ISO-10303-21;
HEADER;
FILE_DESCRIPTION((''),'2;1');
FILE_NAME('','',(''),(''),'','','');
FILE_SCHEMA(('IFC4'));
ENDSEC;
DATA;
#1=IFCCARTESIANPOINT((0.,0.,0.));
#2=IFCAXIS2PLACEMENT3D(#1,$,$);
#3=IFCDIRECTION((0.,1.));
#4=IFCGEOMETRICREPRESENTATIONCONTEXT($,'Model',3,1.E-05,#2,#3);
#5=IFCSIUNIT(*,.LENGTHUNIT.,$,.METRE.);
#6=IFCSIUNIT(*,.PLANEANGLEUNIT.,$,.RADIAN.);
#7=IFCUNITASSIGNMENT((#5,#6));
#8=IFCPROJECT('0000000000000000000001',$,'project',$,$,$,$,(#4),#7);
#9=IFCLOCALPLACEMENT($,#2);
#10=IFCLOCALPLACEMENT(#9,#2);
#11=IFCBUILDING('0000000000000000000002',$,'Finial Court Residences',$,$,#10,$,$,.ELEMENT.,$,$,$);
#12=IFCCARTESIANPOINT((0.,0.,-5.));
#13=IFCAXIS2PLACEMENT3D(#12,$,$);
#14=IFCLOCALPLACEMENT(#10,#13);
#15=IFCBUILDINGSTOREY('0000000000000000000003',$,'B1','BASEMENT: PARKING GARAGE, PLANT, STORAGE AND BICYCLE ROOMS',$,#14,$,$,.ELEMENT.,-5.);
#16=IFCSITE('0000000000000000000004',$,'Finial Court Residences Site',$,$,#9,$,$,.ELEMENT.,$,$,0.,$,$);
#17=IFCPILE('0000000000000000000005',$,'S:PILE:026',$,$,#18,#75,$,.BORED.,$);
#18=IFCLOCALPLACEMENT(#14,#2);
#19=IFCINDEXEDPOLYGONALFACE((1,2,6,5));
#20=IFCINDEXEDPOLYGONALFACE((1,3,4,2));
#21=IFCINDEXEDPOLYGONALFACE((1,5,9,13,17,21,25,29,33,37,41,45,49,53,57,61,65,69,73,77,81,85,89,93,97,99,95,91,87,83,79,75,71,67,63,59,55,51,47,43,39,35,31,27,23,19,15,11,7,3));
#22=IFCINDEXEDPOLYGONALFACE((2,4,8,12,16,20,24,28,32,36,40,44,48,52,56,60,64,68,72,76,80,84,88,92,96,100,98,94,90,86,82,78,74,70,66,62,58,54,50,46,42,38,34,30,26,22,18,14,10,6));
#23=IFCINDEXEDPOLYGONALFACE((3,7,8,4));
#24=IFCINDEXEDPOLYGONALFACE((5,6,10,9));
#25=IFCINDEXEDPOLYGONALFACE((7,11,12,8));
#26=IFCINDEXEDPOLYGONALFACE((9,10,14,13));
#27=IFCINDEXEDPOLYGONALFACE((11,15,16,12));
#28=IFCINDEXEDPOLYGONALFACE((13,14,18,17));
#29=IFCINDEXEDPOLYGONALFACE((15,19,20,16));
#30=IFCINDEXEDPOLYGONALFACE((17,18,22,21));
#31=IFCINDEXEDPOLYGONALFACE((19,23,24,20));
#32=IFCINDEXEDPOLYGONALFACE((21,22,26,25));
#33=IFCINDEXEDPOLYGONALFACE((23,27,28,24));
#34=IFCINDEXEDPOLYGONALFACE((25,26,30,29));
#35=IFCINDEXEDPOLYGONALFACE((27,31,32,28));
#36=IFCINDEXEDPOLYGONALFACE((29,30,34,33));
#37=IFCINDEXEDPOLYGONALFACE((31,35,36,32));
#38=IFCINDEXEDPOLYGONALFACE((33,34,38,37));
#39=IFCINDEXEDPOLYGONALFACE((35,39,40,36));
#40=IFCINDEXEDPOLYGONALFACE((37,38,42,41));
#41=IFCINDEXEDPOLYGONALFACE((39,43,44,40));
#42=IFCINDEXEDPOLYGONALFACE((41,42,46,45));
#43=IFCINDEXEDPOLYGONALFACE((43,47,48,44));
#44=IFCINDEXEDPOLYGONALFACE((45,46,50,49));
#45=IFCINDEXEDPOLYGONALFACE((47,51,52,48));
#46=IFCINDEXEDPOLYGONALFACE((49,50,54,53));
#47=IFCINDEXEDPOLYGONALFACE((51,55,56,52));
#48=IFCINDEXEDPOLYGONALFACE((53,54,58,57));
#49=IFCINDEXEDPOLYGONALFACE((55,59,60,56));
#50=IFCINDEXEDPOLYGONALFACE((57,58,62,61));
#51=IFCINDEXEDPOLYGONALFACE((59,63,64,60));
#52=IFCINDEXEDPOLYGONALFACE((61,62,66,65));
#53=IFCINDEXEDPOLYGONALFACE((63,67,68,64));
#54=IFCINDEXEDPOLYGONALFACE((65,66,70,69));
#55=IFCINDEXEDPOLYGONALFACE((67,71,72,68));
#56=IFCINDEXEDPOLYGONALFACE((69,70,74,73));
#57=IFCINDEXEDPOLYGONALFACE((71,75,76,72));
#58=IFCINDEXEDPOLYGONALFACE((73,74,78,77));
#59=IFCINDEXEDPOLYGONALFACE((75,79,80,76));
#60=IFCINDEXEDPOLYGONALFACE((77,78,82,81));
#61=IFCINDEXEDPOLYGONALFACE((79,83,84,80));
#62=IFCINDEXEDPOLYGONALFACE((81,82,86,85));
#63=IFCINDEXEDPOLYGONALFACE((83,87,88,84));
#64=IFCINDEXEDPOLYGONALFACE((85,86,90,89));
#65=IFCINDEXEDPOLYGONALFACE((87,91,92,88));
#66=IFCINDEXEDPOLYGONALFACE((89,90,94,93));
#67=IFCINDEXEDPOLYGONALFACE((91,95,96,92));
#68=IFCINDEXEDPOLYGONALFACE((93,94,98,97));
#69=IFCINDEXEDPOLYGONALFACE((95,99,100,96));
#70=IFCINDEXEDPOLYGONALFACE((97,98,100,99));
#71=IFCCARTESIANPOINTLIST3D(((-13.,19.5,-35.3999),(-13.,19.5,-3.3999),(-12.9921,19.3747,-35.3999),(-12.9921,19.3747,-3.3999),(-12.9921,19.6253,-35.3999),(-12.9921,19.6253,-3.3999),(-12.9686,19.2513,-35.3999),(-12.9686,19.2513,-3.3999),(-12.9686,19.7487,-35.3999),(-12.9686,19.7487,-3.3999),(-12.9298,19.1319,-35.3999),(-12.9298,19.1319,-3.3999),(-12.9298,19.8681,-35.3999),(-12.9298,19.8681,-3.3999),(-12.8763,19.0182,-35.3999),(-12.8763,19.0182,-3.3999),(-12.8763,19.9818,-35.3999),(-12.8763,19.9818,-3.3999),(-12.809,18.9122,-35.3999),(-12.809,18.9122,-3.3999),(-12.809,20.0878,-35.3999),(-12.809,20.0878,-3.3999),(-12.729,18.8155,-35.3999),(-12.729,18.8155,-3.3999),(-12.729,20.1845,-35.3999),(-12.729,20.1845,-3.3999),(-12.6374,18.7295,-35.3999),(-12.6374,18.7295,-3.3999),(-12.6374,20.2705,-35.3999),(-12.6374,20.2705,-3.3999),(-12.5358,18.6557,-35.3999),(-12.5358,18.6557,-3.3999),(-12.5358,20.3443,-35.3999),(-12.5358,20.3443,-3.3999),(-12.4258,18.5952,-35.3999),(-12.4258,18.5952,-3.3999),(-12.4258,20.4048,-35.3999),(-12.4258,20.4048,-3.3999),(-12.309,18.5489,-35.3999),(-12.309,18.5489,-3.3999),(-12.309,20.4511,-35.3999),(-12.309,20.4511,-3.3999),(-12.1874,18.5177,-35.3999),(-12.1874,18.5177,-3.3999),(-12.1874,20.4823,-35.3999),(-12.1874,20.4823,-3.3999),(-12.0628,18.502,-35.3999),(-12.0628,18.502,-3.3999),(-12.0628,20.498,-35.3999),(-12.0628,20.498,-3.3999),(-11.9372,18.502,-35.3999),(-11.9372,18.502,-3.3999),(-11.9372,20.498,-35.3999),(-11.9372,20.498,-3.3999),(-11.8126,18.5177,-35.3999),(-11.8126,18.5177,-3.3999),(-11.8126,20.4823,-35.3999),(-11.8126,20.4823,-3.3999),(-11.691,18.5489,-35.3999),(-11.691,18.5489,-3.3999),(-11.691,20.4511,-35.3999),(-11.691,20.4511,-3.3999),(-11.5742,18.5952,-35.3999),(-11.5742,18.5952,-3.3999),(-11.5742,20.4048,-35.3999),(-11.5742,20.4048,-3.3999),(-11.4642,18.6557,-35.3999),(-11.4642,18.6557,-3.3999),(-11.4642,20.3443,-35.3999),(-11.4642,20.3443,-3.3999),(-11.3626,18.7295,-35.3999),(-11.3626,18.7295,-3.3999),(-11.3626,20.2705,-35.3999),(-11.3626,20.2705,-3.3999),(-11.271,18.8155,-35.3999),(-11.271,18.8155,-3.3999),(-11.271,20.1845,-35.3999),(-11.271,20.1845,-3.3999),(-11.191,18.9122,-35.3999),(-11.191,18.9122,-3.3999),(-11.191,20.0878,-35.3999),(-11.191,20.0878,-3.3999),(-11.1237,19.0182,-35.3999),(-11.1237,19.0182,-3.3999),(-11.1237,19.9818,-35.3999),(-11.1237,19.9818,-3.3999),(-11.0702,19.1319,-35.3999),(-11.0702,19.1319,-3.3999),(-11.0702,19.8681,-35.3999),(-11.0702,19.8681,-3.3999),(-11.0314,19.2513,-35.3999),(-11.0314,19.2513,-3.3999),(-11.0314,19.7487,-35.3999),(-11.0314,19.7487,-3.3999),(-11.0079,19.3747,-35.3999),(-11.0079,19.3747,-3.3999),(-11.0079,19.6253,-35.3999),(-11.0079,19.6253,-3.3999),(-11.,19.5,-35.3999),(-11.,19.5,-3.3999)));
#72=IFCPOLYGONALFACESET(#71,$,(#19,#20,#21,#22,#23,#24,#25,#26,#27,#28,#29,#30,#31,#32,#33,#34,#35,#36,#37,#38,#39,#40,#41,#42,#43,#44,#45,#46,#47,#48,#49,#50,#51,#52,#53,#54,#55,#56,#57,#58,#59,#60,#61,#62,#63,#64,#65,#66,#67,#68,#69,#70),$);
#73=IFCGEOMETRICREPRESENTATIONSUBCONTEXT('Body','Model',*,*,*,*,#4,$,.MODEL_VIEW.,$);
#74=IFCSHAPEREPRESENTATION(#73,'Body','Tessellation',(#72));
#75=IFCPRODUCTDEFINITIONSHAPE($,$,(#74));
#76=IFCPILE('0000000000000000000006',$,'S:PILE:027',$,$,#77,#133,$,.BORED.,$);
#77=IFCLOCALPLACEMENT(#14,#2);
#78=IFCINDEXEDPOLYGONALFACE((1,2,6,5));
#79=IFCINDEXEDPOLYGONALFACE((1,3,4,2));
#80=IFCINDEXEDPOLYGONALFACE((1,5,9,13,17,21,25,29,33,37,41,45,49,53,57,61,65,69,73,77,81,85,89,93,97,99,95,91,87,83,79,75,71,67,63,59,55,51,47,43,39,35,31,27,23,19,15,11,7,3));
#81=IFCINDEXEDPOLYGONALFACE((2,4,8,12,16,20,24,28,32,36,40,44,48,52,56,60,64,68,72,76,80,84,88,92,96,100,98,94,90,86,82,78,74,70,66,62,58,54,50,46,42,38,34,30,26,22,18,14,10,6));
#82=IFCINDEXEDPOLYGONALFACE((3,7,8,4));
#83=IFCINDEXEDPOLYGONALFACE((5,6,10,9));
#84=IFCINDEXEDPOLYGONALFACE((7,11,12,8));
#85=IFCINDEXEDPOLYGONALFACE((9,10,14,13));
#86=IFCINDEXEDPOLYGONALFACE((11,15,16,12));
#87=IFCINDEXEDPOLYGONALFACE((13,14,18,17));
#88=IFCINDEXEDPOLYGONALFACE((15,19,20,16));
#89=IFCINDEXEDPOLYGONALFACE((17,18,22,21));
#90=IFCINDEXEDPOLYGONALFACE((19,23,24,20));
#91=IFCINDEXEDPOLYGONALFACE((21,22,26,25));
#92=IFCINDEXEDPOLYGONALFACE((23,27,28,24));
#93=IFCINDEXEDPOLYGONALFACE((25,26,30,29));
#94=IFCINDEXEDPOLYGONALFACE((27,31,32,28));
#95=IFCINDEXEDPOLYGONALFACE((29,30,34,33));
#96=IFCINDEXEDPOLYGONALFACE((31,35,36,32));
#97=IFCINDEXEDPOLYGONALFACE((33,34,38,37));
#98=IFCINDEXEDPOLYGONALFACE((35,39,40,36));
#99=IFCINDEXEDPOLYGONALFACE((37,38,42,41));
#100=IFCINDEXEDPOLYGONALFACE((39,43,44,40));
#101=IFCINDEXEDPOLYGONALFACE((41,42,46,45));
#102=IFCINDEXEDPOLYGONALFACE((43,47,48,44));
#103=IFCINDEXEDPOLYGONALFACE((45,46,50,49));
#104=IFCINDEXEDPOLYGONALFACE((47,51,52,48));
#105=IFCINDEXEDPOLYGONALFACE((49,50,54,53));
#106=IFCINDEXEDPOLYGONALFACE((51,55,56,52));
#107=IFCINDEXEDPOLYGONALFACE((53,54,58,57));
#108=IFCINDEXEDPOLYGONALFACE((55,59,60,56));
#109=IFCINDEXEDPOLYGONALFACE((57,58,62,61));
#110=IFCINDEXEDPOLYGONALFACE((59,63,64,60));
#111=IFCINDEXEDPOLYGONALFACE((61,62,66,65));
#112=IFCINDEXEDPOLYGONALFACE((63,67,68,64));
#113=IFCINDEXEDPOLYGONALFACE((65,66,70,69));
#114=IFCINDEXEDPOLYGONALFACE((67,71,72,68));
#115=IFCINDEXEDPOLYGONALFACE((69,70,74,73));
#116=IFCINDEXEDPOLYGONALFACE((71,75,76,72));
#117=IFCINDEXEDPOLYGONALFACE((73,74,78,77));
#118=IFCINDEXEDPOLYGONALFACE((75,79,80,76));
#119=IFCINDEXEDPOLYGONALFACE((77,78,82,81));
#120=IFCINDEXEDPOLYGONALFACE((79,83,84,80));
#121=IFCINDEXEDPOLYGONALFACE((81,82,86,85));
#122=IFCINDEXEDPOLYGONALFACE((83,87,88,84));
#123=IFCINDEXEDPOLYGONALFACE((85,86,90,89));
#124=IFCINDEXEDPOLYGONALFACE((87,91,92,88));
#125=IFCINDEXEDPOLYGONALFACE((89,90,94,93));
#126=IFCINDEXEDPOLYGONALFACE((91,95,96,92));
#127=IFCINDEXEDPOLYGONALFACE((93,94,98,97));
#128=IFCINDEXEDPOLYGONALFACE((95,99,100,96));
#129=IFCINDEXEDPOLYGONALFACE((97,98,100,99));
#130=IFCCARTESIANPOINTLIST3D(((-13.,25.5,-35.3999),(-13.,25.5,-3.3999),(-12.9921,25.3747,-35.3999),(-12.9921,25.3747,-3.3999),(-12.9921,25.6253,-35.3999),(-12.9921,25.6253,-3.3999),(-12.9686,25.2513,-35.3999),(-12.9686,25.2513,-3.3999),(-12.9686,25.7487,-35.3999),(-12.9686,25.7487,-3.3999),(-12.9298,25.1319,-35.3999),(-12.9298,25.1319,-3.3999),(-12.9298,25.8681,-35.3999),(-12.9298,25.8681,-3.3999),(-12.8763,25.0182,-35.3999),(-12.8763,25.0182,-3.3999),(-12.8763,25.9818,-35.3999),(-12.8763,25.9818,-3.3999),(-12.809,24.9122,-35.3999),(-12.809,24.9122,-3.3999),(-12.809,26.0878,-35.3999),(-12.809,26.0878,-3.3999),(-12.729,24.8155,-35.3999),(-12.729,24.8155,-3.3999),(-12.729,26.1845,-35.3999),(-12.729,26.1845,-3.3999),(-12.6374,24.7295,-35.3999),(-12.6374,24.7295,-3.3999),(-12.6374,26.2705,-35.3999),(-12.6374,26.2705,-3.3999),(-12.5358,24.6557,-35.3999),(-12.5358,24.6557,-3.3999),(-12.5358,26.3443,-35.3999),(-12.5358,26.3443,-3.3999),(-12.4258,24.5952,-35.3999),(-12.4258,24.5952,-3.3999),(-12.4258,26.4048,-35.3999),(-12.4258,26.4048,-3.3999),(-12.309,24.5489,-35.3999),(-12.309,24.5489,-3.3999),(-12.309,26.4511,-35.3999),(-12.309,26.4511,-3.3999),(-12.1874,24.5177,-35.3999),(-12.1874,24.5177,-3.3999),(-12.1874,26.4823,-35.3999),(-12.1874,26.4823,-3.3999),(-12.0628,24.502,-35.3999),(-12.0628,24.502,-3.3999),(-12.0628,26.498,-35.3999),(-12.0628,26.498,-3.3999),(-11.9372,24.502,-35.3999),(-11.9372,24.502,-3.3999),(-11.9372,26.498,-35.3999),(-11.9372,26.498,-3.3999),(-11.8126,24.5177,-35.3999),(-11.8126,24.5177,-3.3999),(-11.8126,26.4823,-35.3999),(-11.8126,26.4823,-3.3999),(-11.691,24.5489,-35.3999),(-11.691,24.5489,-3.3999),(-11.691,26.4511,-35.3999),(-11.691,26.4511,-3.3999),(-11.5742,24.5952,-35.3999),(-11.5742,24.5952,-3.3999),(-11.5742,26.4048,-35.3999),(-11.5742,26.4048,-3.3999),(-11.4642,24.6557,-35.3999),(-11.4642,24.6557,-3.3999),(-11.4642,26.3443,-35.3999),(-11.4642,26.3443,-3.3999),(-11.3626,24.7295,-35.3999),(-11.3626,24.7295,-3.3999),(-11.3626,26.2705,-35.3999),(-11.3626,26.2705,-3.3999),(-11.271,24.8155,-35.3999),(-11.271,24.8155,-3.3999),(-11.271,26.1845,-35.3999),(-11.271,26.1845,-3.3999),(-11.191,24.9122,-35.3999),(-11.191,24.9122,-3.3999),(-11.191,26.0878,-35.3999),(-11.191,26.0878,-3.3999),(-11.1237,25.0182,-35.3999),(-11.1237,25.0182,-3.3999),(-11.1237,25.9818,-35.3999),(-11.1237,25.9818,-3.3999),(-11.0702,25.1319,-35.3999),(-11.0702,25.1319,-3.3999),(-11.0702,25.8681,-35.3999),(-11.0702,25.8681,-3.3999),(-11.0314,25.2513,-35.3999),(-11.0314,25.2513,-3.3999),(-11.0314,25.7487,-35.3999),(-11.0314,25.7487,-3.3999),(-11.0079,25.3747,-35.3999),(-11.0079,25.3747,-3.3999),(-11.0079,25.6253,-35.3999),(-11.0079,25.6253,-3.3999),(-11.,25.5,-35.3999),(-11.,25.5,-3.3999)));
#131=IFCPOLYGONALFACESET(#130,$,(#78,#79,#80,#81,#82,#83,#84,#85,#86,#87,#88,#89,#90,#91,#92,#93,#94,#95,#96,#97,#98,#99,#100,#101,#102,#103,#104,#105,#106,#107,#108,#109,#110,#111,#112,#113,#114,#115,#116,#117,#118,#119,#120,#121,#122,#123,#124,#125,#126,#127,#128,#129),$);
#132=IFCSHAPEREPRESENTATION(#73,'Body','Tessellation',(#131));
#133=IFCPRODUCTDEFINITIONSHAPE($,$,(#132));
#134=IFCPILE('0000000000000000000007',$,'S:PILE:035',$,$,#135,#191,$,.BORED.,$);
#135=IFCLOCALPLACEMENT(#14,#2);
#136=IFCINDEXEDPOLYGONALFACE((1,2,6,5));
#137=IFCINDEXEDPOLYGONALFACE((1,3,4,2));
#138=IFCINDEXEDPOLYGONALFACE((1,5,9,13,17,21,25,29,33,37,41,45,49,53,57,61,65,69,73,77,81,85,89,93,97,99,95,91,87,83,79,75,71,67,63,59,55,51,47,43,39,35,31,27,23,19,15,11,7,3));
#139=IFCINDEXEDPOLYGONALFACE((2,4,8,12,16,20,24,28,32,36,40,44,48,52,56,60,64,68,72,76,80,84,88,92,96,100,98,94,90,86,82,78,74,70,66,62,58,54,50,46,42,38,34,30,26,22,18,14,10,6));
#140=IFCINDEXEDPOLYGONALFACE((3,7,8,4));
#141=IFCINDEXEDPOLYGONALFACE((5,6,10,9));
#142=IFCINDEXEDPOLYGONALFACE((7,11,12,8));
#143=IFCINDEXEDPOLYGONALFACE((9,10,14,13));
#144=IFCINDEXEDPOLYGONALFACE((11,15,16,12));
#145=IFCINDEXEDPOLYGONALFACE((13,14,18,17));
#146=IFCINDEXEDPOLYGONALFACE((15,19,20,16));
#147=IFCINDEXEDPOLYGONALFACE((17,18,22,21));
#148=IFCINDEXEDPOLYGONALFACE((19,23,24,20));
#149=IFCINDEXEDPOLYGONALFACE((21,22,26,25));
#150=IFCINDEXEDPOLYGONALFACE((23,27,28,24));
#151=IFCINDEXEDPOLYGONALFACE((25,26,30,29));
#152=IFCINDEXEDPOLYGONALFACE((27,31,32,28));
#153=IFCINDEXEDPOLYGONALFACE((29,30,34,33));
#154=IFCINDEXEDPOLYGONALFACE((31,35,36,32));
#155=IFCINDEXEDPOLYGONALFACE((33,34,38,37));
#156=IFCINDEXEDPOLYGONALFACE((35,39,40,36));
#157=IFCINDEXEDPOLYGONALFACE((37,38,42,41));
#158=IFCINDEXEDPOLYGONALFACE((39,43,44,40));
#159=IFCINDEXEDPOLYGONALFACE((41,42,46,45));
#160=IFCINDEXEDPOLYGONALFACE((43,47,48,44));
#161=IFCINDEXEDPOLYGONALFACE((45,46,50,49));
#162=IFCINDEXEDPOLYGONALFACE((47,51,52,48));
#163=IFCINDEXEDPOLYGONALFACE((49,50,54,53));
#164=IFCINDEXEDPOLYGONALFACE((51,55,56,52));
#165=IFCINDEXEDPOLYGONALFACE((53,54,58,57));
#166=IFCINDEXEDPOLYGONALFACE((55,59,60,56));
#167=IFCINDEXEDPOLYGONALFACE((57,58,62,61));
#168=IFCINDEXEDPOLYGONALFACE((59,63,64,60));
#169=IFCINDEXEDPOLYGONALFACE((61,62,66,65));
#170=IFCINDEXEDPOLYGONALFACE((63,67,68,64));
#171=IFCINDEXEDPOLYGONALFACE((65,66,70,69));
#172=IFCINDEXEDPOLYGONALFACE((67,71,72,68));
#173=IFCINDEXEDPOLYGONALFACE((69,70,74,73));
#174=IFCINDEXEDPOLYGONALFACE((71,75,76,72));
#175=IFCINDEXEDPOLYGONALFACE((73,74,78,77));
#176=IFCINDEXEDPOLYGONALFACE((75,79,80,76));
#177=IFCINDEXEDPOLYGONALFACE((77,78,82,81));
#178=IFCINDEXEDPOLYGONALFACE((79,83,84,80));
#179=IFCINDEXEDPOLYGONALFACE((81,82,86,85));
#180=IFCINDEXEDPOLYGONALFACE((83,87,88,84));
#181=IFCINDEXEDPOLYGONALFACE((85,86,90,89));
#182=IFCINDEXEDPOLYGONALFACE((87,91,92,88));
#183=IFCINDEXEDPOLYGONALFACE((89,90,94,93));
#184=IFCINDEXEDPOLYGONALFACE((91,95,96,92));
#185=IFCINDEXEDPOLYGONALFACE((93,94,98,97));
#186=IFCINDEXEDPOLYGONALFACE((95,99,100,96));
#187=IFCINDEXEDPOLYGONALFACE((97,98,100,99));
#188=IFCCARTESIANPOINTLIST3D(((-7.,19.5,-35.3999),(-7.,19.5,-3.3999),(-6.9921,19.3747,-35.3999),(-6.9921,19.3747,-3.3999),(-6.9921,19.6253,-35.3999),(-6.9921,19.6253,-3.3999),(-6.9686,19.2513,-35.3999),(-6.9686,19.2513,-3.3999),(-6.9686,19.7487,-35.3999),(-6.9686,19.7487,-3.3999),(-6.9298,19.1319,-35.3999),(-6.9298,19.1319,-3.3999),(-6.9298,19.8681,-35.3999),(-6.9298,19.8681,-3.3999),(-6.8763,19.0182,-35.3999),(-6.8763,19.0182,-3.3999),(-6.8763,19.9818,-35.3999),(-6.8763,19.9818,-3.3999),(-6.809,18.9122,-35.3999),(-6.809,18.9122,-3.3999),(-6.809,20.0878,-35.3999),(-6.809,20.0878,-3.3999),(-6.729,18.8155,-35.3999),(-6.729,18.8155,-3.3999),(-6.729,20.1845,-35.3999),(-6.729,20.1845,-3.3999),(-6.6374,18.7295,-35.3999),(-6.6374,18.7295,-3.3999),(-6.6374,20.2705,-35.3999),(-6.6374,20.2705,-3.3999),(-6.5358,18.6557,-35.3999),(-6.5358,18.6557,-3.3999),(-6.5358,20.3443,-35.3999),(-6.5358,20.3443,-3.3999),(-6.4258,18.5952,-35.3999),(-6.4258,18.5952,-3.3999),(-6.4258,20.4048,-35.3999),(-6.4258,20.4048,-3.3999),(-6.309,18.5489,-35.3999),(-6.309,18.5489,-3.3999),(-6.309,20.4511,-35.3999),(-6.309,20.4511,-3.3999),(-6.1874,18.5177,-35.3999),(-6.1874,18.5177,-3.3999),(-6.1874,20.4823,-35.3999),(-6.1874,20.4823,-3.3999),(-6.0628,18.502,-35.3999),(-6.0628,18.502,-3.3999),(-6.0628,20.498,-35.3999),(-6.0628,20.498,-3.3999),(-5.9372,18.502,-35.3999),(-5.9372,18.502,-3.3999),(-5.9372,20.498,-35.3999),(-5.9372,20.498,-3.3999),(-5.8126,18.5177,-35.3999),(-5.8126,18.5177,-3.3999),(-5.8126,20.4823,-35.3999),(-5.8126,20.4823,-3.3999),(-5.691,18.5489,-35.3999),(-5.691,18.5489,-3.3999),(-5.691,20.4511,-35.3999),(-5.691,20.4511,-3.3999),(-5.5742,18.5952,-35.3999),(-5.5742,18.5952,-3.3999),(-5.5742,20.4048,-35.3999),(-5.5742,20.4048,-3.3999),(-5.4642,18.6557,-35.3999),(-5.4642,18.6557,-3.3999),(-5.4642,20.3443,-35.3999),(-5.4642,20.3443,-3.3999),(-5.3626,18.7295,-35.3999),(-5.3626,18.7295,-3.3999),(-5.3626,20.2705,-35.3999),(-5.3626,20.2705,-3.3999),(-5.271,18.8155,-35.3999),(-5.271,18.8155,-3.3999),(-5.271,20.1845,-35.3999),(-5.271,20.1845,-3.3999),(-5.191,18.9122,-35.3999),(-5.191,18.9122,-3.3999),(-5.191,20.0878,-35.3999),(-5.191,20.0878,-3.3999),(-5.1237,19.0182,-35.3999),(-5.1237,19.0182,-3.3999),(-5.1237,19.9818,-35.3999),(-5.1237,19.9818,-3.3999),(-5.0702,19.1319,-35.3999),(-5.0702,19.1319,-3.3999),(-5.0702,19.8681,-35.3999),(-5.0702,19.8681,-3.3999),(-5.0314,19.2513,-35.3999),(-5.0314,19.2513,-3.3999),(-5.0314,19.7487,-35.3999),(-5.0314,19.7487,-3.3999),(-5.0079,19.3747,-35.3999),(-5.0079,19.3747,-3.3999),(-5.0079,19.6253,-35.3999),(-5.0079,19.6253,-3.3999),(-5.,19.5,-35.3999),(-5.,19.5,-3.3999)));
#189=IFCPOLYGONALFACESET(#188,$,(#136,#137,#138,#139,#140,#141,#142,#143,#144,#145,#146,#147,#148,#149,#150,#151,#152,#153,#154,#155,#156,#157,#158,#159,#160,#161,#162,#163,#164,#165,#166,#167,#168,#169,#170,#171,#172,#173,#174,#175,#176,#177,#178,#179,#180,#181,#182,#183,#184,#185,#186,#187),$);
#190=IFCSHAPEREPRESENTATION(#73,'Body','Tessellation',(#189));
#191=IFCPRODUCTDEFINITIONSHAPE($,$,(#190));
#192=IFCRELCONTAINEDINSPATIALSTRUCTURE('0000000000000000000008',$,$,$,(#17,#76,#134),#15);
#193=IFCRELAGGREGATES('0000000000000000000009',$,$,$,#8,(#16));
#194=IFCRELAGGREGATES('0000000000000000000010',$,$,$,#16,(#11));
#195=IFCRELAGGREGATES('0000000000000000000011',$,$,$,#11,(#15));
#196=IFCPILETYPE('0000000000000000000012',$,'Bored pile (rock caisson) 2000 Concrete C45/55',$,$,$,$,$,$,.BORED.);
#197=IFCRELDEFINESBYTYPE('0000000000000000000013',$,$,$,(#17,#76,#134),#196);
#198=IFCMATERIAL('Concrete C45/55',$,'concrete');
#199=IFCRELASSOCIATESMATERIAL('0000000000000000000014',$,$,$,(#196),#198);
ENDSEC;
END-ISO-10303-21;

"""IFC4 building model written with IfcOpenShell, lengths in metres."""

from ifc_helpers import new_model, si_unit, direction, frame, origin, origin_2d, place, context, subcontext, project, spatial, circle, extrude, material, material_profile, profile_set, type_object, element, save


model = new_model("IFC4")

# Units and contexts
model_context = context("Model", 3, precision=1e-05, world=origin(), true_north=direction((0.0, 1.0)))
body_context = subcontext(model_context, "Body", "Model", "MODEL_VIEW")
ifc_project = project(units=[si_unit("LENGTHUNIT", "METRE"), si_unit("PLANEANGLEUNIT", "RADIAN")], contexts=[model_context])

# Site, building, storey
site_placement = place(None, origin())
site = spatial("IfcSite", under=ifc_project, at=site_placement, Name="Finial Court Residences Site", CompositionType="ELEMENT", RefElevation=0.0)
building_placement = place(site_placement, origin())
building = spatial("IfcBuilding", under=site, at=building_placement, Name="Finial Court Residences", CompositionType="ELEMENT")
storey_placement = place(building_placement, frame((0.0, 0.0, -5.0)))
storey = spatial("IfcBuildingStorey", under=building, at=storey_placement, Name="B1", Description="BASEMENT: PARKING GARAGE, PLANT, STORAGE AND BICYCLE ROOMS", CompositionType="ELEMENT", Elevation=-5.0)

# Piles
ifc_material_1 = material(Name="Concrete C45/55", Category="concrete")
ifc_material_profile_1 = material_profile(ifc_material_1, circle(Radius=1.0, at=origin_2d()), Name="D2000")
ifc_profile_set_1 = profile_set([ifc_material_profile_1], Name="Concrete C45/55")
pile_type = type_object("IfcPileType", Name="Bored pile (rock caisson) 2000 Concrete C45/55", PredefinedType="BORED", material=ifc_profile_set_1)
for number, where, z_axis, x_axis, name in (
    (1, (-12.0, 19.5, -3.3999), (0.0, 0.0, -1.0), (1.0, 0.0, 0.0), "S:PILE:026"),
    (2, (-12.0, 25.5, -3.3999), (0.0, 0.0, -1.0), (1.0, 0.0, 0.0), "S:PILE:027"),
    (3, (-6.0, 19.5, -3.3999), (0.0, 0.0, -1.0), (1.0, 0.0, 0.0), "S:PILE:035"),
):
    element("IfcPile", number, at=place(storey_placement, frame(where, z_axis=z_axis, x_axis=x_axis)), inside=storey, type_object=pile_type, Name=name, PredefinedType="BORED", context=body_context, shape_type="SweptSolid", body=[
        extrude(circle(Radius=1.0, at=origin_2d()), origin(), (0.0, 0.0, 1.0), 32.0),
    ])

save(model, "model.ifc")
